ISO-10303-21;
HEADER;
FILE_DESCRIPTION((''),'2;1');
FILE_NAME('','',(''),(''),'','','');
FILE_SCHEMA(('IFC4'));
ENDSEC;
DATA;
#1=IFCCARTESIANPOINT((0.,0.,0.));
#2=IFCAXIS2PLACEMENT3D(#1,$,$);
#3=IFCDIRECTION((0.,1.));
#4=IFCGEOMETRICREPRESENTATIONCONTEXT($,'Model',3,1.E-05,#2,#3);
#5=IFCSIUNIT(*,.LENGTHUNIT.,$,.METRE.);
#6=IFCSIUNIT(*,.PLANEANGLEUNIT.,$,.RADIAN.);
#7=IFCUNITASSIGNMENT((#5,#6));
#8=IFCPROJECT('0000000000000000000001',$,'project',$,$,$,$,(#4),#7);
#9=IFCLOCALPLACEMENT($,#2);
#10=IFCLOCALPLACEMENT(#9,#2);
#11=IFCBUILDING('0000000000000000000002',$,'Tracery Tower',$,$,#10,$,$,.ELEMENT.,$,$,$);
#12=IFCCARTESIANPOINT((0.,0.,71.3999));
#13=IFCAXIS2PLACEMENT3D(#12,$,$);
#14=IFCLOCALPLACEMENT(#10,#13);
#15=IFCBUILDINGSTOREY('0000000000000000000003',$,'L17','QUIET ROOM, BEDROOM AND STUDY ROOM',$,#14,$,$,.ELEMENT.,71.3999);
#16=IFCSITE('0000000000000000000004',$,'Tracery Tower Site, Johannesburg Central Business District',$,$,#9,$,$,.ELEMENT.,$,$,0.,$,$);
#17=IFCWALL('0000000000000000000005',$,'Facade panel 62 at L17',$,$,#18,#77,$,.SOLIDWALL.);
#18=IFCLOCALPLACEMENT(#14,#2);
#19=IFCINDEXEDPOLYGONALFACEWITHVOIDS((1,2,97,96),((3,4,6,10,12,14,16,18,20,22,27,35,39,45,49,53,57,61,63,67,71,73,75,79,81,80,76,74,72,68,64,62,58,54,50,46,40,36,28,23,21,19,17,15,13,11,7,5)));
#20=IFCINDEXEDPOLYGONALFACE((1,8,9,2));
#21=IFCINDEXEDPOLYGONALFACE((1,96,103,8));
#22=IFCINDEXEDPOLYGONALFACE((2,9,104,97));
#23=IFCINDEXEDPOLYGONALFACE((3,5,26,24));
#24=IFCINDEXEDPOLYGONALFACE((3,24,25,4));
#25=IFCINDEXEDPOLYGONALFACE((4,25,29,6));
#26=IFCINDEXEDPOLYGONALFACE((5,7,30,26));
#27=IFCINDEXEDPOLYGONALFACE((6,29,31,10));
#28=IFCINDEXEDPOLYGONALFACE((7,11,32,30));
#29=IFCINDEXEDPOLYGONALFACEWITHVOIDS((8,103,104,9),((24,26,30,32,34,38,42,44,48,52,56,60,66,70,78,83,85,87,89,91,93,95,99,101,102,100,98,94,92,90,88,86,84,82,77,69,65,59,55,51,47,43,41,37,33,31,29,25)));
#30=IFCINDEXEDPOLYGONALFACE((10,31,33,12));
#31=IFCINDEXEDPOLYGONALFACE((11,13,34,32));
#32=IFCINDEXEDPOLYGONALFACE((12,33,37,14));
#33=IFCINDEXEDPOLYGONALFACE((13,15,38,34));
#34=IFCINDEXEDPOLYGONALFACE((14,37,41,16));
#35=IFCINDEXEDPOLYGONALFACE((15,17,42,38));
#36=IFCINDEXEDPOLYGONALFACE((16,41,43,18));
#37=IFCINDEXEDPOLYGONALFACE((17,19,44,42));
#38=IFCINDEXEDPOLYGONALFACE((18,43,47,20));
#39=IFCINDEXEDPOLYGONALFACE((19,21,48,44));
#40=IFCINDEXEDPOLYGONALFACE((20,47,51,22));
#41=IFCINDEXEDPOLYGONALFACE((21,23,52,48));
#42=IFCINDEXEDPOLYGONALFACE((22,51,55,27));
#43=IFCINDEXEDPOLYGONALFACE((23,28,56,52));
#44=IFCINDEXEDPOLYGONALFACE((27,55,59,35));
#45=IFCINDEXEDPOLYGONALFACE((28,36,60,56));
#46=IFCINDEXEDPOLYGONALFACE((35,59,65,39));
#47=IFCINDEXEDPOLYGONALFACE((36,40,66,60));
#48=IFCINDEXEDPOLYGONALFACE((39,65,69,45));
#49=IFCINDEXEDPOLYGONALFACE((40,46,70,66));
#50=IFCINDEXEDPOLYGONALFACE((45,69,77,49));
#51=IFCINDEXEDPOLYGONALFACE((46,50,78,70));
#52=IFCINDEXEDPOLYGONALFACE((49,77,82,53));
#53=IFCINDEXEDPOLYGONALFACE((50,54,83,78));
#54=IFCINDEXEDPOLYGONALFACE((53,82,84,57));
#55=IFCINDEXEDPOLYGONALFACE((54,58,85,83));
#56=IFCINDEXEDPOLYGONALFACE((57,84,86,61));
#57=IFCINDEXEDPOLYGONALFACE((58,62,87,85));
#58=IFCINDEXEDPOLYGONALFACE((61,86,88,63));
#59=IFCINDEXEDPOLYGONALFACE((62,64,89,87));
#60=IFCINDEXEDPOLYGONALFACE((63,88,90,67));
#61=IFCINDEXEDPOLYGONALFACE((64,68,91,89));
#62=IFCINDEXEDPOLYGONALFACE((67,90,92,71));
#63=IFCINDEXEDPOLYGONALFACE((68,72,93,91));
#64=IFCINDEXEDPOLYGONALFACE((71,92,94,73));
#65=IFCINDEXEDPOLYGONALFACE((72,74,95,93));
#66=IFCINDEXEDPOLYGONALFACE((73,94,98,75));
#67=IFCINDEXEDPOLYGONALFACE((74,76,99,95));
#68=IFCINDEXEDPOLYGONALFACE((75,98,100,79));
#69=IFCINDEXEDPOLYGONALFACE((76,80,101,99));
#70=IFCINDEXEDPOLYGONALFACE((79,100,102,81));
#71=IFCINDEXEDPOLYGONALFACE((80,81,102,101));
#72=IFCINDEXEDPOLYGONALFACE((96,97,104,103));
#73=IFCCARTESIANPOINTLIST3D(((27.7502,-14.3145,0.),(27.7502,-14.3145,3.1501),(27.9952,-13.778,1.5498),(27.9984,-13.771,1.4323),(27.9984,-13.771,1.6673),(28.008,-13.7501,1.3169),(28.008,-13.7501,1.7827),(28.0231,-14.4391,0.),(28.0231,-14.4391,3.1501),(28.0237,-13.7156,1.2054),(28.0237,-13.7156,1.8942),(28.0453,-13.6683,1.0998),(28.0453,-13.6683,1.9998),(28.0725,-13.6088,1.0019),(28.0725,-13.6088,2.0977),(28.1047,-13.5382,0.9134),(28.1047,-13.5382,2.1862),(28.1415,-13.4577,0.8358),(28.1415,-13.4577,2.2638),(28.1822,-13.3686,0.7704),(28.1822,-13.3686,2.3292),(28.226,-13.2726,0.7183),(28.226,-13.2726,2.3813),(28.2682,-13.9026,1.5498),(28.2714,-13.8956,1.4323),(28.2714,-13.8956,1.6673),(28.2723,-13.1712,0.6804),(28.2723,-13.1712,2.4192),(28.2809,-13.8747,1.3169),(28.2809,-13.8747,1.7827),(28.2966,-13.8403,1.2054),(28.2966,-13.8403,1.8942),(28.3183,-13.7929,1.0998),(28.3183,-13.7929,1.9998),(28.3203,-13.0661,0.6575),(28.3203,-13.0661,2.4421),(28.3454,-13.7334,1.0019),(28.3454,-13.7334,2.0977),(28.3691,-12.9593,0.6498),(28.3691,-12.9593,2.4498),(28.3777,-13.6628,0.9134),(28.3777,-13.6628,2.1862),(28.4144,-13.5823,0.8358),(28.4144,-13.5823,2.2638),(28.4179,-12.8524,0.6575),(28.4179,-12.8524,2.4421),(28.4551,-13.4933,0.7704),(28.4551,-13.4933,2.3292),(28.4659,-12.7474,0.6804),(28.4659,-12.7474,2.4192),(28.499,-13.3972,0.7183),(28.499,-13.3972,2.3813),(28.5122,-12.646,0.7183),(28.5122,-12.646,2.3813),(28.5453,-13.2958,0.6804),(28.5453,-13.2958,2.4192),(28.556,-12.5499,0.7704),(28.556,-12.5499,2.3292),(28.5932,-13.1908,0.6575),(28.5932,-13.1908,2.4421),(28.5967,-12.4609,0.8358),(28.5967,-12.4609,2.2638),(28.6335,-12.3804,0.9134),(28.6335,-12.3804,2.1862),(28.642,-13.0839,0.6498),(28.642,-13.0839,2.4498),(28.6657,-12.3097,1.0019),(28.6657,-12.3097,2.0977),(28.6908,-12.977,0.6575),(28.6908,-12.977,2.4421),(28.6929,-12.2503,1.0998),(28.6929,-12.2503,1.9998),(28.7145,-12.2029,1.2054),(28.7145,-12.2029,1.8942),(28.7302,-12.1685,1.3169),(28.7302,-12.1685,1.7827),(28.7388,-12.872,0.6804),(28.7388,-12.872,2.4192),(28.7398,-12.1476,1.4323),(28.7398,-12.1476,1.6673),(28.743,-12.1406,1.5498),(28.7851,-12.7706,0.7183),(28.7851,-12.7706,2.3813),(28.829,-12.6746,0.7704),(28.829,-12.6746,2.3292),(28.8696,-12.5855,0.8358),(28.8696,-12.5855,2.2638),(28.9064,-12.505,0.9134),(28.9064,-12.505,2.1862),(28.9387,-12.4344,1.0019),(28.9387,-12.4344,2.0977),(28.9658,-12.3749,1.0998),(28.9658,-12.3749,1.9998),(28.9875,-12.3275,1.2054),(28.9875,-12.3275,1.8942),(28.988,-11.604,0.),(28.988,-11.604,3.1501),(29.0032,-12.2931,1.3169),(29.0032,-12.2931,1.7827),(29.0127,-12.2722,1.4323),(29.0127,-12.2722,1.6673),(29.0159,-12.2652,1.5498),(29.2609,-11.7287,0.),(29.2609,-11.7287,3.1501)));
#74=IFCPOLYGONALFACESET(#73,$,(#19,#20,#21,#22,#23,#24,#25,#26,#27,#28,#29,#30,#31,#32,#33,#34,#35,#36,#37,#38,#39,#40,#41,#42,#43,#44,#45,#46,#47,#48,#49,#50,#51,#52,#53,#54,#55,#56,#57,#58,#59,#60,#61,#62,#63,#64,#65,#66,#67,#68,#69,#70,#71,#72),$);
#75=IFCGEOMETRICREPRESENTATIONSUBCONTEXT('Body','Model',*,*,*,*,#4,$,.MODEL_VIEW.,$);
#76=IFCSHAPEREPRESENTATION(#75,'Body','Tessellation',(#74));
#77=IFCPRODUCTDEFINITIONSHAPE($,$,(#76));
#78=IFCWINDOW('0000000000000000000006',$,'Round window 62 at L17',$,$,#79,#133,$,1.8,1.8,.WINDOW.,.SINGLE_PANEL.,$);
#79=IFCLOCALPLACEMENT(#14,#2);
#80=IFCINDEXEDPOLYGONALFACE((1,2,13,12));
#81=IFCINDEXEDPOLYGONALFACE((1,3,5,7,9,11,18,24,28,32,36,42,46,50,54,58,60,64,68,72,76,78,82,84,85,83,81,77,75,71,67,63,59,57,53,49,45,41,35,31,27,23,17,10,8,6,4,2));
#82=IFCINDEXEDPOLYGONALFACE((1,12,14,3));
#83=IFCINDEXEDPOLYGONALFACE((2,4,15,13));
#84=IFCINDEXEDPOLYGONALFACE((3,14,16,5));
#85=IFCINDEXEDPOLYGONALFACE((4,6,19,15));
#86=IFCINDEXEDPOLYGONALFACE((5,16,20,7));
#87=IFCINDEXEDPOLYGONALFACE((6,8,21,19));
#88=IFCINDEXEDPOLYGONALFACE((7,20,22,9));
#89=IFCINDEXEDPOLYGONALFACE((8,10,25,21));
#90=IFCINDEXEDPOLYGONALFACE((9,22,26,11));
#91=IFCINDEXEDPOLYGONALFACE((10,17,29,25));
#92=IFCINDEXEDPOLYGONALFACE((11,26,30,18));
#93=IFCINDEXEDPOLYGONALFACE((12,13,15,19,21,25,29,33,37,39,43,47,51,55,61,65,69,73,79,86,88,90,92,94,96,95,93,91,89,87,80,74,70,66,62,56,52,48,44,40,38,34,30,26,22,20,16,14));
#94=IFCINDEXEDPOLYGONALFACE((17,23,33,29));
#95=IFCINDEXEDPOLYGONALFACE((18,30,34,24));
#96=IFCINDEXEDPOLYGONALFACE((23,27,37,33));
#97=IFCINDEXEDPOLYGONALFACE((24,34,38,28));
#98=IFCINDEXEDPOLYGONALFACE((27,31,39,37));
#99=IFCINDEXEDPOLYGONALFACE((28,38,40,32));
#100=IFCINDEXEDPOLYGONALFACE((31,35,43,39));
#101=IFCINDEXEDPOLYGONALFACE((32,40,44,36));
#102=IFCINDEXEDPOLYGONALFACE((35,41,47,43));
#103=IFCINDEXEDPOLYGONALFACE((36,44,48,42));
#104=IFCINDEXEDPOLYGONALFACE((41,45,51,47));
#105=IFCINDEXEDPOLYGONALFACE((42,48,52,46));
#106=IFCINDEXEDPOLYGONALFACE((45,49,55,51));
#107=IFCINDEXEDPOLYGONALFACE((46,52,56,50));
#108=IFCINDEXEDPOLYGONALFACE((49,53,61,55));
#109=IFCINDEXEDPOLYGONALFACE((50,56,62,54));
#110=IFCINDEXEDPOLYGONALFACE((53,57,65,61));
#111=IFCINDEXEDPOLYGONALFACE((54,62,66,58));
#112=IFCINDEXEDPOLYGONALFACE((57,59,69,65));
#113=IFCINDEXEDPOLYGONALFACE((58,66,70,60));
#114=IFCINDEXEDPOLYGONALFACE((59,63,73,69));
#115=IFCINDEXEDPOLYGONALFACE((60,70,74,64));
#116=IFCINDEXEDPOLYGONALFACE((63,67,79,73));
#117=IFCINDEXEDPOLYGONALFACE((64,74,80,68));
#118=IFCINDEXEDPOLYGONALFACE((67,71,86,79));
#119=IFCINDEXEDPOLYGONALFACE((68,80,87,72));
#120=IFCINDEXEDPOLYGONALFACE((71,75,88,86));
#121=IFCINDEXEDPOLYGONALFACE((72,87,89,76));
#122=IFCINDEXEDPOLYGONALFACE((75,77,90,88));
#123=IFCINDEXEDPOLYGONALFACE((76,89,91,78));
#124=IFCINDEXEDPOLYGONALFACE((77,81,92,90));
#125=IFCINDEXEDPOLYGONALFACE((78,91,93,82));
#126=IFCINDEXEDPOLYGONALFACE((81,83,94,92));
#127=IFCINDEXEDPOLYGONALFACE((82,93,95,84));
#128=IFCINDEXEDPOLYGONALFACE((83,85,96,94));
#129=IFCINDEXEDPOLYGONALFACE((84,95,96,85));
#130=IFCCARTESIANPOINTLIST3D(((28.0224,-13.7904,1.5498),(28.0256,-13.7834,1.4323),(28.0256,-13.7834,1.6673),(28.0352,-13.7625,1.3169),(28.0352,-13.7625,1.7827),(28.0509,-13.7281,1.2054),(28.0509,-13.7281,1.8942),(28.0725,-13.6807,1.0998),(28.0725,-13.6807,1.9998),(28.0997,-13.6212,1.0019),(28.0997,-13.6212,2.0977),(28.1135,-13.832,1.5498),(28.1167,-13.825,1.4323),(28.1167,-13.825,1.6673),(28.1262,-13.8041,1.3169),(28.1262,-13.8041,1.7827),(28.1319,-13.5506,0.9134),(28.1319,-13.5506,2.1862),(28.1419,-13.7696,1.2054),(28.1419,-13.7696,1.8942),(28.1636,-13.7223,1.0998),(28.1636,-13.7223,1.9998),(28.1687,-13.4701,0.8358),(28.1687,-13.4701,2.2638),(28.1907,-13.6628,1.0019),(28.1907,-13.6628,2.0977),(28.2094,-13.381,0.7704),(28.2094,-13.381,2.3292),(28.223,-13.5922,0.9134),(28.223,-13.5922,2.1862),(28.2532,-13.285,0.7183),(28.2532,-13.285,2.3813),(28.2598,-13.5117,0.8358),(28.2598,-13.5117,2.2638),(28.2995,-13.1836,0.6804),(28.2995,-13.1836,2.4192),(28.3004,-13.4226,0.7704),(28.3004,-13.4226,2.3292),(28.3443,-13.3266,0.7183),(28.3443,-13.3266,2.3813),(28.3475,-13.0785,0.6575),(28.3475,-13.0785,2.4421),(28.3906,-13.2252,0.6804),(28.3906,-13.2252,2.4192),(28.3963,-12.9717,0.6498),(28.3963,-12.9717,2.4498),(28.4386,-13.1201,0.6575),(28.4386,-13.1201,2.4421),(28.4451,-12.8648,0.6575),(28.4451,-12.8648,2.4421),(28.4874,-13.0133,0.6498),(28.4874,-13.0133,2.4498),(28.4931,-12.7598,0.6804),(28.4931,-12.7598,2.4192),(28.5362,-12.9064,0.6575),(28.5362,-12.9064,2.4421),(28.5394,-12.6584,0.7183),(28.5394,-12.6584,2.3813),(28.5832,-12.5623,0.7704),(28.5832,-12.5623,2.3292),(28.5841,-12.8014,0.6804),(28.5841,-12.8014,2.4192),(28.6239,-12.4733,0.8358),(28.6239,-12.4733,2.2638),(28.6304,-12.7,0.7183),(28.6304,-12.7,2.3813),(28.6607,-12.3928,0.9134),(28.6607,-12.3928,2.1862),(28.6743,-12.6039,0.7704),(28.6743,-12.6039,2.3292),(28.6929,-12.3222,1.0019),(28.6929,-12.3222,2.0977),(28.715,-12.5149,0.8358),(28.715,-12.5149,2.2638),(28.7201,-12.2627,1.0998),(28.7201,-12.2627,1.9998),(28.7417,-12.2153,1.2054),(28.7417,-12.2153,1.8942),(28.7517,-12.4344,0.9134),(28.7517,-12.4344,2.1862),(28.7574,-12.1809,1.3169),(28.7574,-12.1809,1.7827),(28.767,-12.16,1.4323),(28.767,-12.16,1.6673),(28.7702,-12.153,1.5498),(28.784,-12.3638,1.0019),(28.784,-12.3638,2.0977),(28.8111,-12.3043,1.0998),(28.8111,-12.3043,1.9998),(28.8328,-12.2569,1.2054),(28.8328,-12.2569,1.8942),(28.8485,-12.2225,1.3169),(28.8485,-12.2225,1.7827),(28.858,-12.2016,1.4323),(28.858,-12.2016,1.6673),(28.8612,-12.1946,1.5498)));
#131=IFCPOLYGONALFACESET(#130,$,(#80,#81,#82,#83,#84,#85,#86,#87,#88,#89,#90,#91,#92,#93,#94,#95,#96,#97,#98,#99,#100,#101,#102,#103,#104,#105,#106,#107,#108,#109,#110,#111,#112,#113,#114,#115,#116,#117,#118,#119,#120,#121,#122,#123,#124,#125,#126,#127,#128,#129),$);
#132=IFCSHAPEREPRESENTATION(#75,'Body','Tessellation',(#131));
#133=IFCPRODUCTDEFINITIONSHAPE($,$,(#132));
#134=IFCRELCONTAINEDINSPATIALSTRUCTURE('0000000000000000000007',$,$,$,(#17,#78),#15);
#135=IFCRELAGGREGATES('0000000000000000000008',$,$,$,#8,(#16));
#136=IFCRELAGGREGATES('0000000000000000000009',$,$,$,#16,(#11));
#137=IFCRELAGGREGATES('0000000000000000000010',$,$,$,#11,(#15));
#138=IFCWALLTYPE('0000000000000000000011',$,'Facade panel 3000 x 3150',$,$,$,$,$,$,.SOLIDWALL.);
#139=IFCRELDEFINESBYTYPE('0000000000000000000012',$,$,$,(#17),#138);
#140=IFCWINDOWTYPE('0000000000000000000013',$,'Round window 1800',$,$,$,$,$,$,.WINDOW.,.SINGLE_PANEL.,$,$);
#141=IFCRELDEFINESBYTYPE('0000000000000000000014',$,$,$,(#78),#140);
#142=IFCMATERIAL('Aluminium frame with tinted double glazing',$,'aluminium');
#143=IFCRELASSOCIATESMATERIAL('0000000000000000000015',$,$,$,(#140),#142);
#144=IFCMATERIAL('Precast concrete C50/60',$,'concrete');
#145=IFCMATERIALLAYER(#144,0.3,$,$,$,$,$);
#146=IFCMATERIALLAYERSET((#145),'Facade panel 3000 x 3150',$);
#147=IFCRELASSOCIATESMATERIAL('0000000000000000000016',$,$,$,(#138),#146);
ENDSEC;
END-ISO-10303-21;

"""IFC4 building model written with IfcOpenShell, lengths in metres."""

from ifc_helpers import new_model, si_unit, direction, frame, frame_2d, origin, origin_2d, place, context, subcontext, project, spatial, rectangle, circle, extrude, material, layer, layer_set, type_object, element, fill, save


model = new_model("IFC4")

# Units and contexts
model_context = context("Model", 3, precision=1e-05, world=origin(), true_north=direction((0.0, 1.0)))
body_context = subcontext(model_context, "Body", "Model", "MODEL_VIEW")
ifc_project = project(units=[si_unit("LENGTHUNIT", "METRE"), si_unit("PLANEANGLEUNIT", "RADIAN")], contexts=[model_context])

# Site, building, storey
site_placement = place(None, origin())
site = spatial("IfcSite", under=ifc_project, at=site_placement, Name="Tracery Tower Site, Johannesburg Central Business District", CompositionType="ELEMENT", RefElevation=0.0)
building_placement = place(site_placement, origin())
building = spatial("IfcBuilding", under=site, at=building_placement, Name="Tracery Tower", CompositionType="ELEMENT")
storey_placement = place(building_placement, frame((0.0, 0.0, 71.3999)))
storey = spatial("IfcBuildingStorey", under=building, at=storey_placement, Name="L17", Description="QUIET ROOM, BEDROOM AND STUDY ROOM", CompositionType="ELEMENT", Elevation=71.3999)

# Wall, opening, window
ifc_material_1 = material(Name="Aluminium frame with tinted double glazing", Category="aluminium")
window_type = type_object("IfcWindowType", Name="Round window 1800", PartitioningType="SINGLE_PANEL", PredefinedType="WINDOW", material=ifc_material_1)
ifc_material_2 = material(Name="Precast concrete C50/60", Category="concrete")
ifc_layer_1 = layer(ifc_material_2, 0.3)
ifc_layer_set_1 = layer_set([ifc_layer_1], Name="Facade panel 3000 x 3150")
wall_type_1 = type_object("IfcWallType", Name="Facade panel 3000 x 3150", PredefinedType="SOLIDWALL", material=ifc_layer_set_1)
wall_1_placement = place(storey_placement, frame((27.8867, -14.3767, 0.0), z_axis=(0.0, 0.0, 1.0), x_axis=(0.415407, 0.909636, 0.0)))
wall_1 = element("IfcWall", 1, at=wall_1_placement, inside=storey, type_object=wall_type_1, Name="Facade panel 62 at L17", PredefinedType="SOLIDWALL", context=body_context, shape_type="SweptSolid", body=[
    extrude(rectangle(XDim=2.9797, YDim=0.3, at=frame_2d((1.4897, 0.0))), origin(), (0.0, 0.0, 1.0), 3.1501),
])
opening_1_placement = place(wall_1_placement, frame((1.4897, 0.0, 1.5498)))
opening_1 = element("IfcOpeningElement", 2, at=opening_1_placement, cuts=wall_1, PredefinedType="OPENING", context=body_context, shape_type="SweptSolid", body=[
    extrude(circle(Radius=0.9, at=origin_2d()), frame((0.0, 0.1599, 0.0), z_axis=(0.0, -1.0, 0.0), x_axis=(1.0, 0.0, 0.0)), (0.0, 0.0, 1.0), 0.3201),
])
window_1_placement = place(opening_1_placement, origin())
window_1 = element("IfcWindow", 3, at=window_1_placement, inside=storey, type_object=window_type, Name="Round window 62 at L17", OverallHeight=1.8, OverallWidth=1.8, PartitioningType="SINGLE_PANEL", PredefinedType="WINDOW", context=body_context, shape_type="SweptSolid", body=[
    extrude(circle(Radius=0.9, at=origin_2d()), frame((0.0, 0.1201, 0.0), z_axis=(0.0, -1.0, 0.0), x_axis=(1.0, 0.0, 0.0)), (0.0, 0.0, 1.0), 0.1001),
])
fill(opening_1, window_1)

save(model, "model.ifc")
